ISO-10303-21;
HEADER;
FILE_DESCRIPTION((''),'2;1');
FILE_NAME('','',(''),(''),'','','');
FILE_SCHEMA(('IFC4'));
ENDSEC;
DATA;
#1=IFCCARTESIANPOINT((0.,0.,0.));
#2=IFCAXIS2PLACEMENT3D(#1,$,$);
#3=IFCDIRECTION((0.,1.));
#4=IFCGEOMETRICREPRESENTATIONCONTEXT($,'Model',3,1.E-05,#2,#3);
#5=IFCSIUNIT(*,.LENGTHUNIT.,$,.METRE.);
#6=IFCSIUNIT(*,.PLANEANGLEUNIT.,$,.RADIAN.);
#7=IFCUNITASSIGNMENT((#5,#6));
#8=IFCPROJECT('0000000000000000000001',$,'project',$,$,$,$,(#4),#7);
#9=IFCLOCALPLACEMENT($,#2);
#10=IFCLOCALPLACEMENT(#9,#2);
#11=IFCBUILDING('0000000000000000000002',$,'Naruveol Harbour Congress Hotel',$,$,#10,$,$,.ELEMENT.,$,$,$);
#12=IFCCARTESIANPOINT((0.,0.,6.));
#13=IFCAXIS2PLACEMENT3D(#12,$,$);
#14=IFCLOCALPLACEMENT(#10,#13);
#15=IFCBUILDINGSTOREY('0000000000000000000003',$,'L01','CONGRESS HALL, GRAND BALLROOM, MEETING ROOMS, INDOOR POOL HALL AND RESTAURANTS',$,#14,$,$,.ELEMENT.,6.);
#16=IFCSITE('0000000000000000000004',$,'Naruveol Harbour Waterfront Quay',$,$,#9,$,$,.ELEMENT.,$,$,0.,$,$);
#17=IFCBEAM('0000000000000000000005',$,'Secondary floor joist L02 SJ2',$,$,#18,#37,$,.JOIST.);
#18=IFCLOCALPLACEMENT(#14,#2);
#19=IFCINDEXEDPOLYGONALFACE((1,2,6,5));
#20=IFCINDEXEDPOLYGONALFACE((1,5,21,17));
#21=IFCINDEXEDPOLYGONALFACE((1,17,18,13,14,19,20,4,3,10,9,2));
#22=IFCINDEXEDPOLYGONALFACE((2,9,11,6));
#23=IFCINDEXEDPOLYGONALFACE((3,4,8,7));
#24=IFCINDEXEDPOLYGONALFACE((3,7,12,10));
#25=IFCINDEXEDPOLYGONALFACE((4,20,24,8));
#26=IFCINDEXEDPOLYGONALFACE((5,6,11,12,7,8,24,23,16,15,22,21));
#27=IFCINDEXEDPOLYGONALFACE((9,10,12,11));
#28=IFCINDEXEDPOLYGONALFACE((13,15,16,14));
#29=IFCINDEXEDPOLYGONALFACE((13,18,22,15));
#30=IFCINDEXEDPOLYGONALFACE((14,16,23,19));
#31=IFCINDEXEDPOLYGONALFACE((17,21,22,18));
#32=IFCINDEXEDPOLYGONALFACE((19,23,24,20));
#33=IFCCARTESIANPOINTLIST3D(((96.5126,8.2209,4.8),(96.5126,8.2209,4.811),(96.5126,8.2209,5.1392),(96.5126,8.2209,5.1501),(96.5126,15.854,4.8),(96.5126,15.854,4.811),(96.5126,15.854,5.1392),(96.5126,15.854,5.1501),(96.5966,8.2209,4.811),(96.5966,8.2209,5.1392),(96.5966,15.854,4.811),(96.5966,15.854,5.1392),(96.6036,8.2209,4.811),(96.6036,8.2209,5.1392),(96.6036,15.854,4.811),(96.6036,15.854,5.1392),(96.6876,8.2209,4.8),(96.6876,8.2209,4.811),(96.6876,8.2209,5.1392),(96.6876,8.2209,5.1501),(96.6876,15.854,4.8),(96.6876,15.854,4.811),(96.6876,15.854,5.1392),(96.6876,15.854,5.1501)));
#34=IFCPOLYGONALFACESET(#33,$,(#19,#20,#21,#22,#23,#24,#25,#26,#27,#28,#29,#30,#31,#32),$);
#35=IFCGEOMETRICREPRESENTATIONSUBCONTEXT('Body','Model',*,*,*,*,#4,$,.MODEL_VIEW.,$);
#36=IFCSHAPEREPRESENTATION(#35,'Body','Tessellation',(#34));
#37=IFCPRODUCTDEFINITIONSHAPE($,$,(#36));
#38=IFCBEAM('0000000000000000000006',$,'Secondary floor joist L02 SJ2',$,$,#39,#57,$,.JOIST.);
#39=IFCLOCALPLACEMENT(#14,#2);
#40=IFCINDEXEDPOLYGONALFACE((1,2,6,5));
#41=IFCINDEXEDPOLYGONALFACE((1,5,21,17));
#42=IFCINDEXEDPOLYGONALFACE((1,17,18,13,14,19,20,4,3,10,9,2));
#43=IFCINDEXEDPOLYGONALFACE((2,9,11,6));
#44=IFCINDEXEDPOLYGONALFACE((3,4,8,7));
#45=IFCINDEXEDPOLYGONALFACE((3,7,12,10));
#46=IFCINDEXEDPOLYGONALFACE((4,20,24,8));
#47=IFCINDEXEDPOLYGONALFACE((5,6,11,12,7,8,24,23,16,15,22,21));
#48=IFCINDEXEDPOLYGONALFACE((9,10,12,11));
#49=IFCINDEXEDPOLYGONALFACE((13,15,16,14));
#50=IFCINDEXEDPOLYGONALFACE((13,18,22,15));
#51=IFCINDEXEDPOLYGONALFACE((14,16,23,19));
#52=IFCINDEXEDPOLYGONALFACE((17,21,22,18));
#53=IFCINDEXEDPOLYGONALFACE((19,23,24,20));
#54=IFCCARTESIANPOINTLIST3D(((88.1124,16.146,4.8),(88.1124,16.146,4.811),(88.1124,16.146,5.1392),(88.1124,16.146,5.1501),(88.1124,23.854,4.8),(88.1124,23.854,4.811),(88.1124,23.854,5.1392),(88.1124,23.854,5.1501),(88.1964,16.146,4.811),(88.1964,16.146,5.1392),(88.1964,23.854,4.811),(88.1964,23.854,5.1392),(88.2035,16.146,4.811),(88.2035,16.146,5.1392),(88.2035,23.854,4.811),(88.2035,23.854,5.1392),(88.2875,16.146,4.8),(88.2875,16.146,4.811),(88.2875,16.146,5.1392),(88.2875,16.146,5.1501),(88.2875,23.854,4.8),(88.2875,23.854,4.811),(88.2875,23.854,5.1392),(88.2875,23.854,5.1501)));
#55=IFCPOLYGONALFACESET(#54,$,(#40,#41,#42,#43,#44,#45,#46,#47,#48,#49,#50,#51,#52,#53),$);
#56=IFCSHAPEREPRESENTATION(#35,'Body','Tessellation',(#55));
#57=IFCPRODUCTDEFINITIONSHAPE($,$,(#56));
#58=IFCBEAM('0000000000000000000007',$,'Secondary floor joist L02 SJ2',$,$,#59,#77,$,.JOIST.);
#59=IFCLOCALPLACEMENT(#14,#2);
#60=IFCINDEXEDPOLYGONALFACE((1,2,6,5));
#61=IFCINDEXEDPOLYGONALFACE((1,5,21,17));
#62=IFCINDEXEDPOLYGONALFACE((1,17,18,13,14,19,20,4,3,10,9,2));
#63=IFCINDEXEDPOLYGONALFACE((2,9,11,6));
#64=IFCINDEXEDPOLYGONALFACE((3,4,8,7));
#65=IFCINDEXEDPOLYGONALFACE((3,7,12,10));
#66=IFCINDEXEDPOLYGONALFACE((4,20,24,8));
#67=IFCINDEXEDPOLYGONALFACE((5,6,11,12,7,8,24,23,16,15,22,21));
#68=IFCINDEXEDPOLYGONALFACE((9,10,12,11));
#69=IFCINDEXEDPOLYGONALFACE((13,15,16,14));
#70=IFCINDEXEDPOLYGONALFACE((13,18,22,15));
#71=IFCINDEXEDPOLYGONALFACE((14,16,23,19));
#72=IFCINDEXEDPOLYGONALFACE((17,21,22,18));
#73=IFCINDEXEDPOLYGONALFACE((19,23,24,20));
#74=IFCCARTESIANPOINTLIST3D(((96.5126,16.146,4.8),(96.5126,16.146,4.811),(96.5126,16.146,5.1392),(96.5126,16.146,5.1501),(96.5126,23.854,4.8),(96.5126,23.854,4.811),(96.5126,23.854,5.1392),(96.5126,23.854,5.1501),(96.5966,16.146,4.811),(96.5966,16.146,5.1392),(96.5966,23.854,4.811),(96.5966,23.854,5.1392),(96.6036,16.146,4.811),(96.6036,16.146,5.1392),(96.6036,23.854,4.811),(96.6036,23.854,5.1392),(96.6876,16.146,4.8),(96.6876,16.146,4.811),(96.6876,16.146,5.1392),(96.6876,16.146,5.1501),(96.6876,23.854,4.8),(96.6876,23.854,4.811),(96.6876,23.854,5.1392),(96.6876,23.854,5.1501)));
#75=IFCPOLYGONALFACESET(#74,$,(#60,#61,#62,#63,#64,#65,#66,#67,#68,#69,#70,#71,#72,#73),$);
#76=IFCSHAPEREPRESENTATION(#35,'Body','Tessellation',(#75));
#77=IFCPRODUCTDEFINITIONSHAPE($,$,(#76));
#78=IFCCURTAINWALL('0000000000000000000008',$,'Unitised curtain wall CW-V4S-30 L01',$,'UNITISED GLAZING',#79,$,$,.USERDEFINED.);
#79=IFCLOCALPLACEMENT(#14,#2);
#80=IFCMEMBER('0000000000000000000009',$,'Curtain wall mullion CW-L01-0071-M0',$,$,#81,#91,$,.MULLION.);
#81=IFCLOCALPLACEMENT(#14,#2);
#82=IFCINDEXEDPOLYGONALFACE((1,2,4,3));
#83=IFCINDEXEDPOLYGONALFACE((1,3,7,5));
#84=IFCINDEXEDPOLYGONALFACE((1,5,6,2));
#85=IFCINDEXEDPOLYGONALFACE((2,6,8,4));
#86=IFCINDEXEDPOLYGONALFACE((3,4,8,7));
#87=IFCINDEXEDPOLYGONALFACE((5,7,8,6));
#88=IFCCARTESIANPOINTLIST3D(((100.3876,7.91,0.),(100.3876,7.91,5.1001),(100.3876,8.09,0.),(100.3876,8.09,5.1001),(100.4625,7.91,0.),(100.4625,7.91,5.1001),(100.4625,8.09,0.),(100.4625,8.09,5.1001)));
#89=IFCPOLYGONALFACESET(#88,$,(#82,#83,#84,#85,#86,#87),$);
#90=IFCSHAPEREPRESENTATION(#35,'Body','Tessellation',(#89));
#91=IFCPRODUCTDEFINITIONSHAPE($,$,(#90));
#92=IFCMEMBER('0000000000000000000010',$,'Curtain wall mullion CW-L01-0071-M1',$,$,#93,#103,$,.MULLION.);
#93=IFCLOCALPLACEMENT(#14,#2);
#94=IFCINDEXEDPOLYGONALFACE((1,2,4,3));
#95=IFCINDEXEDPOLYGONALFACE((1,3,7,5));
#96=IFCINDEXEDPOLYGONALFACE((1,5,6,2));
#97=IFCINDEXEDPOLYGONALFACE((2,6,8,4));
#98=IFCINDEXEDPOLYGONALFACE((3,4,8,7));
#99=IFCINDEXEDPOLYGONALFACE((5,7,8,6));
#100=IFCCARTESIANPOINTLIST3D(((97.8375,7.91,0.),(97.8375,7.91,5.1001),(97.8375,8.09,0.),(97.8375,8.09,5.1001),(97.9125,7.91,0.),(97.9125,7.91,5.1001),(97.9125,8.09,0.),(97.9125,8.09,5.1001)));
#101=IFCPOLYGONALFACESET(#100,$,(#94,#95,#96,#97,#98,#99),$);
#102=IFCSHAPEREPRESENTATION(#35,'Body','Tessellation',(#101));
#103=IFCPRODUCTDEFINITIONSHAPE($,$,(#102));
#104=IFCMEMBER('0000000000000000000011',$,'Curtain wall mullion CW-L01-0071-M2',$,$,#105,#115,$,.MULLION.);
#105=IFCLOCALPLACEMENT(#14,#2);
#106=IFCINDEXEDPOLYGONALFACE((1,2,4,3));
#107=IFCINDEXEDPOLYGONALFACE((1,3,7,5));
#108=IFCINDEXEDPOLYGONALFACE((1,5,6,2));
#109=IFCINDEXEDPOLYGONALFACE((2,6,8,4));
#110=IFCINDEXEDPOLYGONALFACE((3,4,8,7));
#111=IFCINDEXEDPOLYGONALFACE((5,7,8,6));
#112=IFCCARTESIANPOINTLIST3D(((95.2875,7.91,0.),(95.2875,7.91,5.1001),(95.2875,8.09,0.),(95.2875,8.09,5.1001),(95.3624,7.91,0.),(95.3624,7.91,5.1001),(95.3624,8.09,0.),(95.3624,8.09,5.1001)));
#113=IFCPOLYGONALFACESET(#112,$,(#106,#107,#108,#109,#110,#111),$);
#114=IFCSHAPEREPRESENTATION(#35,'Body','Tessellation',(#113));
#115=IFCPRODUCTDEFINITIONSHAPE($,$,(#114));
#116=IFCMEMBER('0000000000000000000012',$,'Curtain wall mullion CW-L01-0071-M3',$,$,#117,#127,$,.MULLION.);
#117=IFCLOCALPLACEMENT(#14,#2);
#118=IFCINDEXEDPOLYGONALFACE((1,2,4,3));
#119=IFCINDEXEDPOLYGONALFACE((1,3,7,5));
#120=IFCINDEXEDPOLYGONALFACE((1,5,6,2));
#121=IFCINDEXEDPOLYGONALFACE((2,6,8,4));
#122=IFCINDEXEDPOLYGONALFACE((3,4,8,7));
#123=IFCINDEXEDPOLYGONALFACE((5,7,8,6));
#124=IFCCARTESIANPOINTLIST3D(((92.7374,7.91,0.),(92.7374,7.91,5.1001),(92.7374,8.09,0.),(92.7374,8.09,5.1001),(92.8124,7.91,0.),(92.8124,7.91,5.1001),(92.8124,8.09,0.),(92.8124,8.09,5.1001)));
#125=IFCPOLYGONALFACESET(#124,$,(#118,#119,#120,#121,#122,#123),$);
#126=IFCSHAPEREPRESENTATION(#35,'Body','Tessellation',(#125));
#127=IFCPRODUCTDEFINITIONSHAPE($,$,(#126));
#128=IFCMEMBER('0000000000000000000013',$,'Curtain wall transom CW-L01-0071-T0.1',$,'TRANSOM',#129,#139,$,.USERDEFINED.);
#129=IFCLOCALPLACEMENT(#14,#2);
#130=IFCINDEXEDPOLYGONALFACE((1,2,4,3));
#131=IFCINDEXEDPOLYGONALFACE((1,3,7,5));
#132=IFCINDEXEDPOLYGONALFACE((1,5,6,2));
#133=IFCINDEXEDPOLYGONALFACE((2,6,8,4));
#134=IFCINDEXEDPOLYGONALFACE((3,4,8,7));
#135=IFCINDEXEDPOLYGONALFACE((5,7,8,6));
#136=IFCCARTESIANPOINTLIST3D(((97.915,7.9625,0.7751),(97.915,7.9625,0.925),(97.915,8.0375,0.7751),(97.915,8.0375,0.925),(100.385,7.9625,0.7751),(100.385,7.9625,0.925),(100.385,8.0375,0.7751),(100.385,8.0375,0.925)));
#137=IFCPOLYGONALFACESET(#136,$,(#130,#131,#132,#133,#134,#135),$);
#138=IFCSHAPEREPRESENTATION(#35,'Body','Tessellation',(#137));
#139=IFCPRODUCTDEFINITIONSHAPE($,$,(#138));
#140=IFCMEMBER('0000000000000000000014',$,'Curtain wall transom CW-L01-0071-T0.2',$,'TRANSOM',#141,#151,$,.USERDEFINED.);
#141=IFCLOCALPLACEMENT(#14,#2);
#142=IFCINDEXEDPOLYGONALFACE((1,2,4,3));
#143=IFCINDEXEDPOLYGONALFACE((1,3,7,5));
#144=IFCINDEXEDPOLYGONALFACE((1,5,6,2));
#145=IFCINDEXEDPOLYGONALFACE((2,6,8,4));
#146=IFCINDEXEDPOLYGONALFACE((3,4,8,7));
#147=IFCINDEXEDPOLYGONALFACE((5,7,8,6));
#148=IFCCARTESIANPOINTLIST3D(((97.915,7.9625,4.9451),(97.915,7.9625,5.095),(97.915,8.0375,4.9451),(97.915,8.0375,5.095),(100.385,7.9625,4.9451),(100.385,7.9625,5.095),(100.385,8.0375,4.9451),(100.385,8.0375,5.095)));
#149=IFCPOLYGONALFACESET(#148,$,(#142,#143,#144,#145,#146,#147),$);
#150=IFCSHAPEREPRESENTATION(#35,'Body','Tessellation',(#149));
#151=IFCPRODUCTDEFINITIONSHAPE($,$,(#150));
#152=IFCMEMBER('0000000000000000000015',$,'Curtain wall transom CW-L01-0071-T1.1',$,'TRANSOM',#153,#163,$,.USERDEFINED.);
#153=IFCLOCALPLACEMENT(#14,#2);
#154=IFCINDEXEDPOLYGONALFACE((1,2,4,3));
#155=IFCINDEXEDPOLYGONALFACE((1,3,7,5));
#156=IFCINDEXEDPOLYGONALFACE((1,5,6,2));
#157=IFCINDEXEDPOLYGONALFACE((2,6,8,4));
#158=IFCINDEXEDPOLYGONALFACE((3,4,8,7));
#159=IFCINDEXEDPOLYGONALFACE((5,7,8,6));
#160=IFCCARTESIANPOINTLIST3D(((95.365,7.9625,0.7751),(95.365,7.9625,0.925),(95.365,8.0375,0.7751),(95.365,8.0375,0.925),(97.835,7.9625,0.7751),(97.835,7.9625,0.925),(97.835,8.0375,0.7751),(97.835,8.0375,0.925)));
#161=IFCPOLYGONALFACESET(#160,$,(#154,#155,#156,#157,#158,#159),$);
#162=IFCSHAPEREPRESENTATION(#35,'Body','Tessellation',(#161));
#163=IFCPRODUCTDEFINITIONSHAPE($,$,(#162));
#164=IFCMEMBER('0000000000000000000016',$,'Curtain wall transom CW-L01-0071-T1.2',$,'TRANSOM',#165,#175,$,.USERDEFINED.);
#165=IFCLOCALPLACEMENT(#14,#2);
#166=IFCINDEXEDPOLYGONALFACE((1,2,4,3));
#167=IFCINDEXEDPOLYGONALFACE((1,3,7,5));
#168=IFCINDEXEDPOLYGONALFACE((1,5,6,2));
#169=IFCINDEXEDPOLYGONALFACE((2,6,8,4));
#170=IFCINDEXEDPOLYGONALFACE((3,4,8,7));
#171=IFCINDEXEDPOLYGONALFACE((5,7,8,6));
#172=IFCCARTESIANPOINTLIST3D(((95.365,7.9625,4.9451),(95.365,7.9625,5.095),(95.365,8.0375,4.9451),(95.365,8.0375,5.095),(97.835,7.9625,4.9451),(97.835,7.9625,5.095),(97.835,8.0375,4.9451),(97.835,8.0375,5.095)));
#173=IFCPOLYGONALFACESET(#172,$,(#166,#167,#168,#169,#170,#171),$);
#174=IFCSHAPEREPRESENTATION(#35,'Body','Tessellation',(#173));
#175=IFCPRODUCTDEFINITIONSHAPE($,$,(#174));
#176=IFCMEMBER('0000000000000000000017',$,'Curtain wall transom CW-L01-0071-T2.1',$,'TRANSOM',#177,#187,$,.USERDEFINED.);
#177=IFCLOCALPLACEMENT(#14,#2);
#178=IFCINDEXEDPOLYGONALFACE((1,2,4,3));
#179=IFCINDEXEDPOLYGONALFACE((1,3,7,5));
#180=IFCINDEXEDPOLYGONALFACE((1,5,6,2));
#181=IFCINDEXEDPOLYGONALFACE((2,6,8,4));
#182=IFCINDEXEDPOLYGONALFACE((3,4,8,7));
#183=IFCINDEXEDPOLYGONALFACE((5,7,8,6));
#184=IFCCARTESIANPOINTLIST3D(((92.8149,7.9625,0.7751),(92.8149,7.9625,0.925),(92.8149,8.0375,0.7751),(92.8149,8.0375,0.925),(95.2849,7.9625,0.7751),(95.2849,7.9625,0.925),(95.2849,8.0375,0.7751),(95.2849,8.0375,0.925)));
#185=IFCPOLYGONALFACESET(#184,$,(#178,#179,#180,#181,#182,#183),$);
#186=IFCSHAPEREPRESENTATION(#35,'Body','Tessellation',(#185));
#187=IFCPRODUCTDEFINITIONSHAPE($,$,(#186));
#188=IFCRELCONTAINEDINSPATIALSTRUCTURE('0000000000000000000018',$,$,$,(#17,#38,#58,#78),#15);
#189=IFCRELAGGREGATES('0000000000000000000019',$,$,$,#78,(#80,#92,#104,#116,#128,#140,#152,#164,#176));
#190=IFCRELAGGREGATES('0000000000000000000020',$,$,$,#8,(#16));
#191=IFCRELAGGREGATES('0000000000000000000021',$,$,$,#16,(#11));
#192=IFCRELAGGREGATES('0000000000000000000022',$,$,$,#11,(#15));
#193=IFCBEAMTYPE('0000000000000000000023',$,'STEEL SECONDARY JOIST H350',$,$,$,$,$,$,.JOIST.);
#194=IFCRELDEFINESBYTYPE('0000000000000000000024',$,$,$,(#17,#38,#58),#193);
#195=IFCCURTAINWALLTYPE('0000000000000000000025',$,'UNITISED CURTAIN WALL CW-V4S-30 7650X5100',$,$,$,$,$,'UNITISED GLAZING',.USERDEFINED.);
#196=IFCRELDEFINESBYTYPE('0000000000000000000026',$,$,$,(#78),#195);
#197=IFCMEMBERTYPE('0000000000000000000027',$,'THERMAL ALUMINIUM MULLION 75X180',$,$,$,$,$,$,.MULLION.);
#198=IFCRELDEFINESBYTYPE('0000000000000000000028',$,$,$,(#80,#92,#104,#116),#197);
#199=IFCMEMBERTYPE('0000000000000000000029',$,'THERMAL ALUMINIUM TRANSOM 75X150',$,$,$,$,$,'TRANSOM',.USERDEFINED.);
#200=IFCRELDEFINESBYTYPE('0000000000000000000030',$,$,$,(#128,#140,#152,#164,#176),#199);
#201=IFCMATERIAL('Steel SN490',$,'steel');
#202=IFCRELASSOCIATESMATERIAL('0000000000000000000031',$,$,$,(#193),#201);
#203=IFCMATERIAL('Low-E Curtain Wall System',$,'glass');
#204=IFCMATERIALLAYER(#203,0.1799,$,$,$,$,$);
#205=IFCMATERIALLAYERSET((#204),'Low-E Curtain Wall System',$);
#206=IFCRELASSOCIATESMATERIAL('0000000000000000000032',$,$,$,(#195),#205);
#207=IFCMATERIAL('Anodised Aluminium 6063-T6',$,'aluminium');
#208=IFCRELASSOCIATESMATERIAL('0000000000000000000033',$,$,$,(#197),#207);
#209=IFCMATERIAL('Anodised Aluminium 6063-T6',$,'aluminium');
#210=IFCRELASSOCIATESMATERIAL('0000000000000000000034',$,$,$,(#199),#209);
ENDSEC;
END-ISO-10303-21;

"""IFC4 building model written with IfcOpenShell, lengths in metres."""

from ifc_helpers import new_model, si_unit, direction, frame, origin, origin_2d, place, context, subcontext, project, spatial, rectangle, i_section, extrude, material, layer, layer_set, material_profile, profile_set, type_object, element, aggregate, save


model = new_model("IFC4")

# Units and contexts
model_context = context("Model", 3, precision=1e-05, world=origin(), true_north=direction((0.0, 1.0)))
body_context = subcontext(model_context, "Body", "Model", "MODEL_VIEW")
ifc_project = project(units=[si_unit("LENGTHUNIT", "METRE"), si_unit("PLANEANGLEUNIT", "RADIAN")], contexts=[model_context])

# Site, building, storey
site_placement = place(None, origin())
site = spatial("IfcSite", under=ifc_project, at=site_placement, Name="Naruveol Harbour Waterfront Quay", CompositionType="ELEMENT", RefElevation=0.0)
building_placement = place(site_placement, origin())
building = spatial("IfcBuilding", under=site, at=building_placement, Name="Naruveol Harbour Congress Hotel", CompositionType="ELEMENT")
storey_placement = place(building_placement, frame((0.0, 0.0, 6.0)))
storey = spatial("IfcBuildingStorey", under=building, at=storey_placement, Name="L01", Description="CONGRESS HALL, GRAND BALLROOM, MEETING ROOMS, INDOOR POOL HALL AND RESTAURANTS", CompositionType="ELEMENT", Elevation=6.0)

# Beams
ifc_material_1 = material(Name="Steel SN490", Category="steel")
ifc_material_profile_1 = material_profile(ifc_material_1, i_section(OverallWidth=0.175, OverallDepth=0.3501, WebThickness=0.0071, FlangeThickness=0.011, at=origin_2d()), Name="H-350x175x7x11")
ifc_profile_set_1 = profile_set([ifc_material_profile_1], Name="Steel SN490")
beam_type_1 = type_object("IfcBeamType", Name="STEEL SECONDARY JOIST H350", PredefinedType="JOIST", material=ifc_profile_set_1)
for number, where, z_axis, x_axis, name in (
    (1, (96.6001, 8.2209, 4.9751), (0.0, 1.0, 0.0), (-1.0, 0.0, 0.0), "Secondary floor joist L02 SJ2"),
):
    element("IfcBeam", number, at=place(storey_placement, frame(where, z_axis=z_axis, x_axis=x_axis)), inside=storey, type_object=beam_type_1, Name=name, PredefinedType="JOIST", context=body_context, shape_type="SweptSolid", body=[
        extrude(i_section(OverallWidth=0.175, OverallDepth=0.3501, WebThickness=0.0071, FlangeThickness=0.011, at=origin_2d()), origin(), (0.0, 0.0, 1.0), 7.6331),
    ])
for number, where, z_axis, x_axis, name in (
    (2, (88.2, 16.146, 4.9751), (0.0, 1.0, 0.0), (-1.0, 0.0, 0.0), "Secondary floor joist L02 SJ2"),
    (3, (96.6001, 16.146, 4.9751), (0.0, 1.0, 0.0), (-1.0, 0.0, 0.0), "Secondary floor joist L02 SJ2"),
):
    element("IfcBeam", number, at=place(storey_placement, frame(where, z_axis=z_axis, x_axis=x_axis)), inside=storey, type_object=beam_type_1, Name=name, PredefinedType="JOIST", context=body_context, shape_type="SweptSolid", body=[
        extrude(i_section(OverallWidth=0.175, OverallDepth=0.3501, WebThickness=0.0071, FlangeThickness=0.011, at=origin_2d()), origin(), (0.0, 0.0, 1.0), 7.708),
    ])

# Curtain wall, members
ifc_material_2 = material(Name="Low-E Curtain Wall System", Category="glass")
ifc_layer_1 = layer(ifc_material_2, 0.1799)
ifc_layer_set_1 = layer_set([ifc_layer_1], Name="Low-E Curtain Wall System")
curtain_wall_type = type_object("IfcCurtainWallType", Name="UNITISED CURTAIN WALL CW-V4S-30 7650X5100", ElementType="UNITISED GLAZING", PredefinedType="USERDEFINED", material=ifc_layer_set_1)
curtain_wall_placement = place(storey_placement, origin())
curtain_wall = element("IfcCurtainWall", 4, at=curtain_wall_placement, inside=storey, type_object=curtain_wall_type, Name="Unitised curtain wall CW-V4S-30 L01", ObjectType="UNITISED GLAZING", PredefinedType="USERDEFINED")
ifc_material_3 = material(Name="Anodised Aluminium 6063-T6", Category="aluminium")
ifc_material_profile_2 = material_profile(ifc_material_3, rectangle(XDim=0.075, YDim=0.1799, at=origin_2d()), Name="ALU-75x180")
ifc_profile_set_2 = profile_set([ifc_material_profile_2], Name="Anodised Aluminium 6063-T6")
member_type_1 = type_object("IfcMemberType", Name="THERMAL ALUMINIUM MULLION 75X180", PredefinedType="MULLION", material=ifc_profile_set_2)
member_1_placement = place(storey_placement, frame((100.425, 8.0, 0.0), z_axis=(0.0, 0.0, 1.0), x_axis=(1.0, 0.0, 0.0)))
member_1 = element("IfcMember", 5, at=member_1_placement, type_object=member_type_1, Name="Curtain wall mullion CW-L01-0071-M0", PredefinedType="MULLION", context=body_context, shape_type="SweptSolid", body=[
    extrude(rectangle(XDim=0.075, YDim=0.1799, at=origin_2d()), origin(), (0.0, 0.0, 1.0), 5.1001),
])
member_2_placement = place(storey_placement, frame((97.875, 8.0, 0.0), z_axis=(0.0, 0.0, 1.0), x_axis=(1.0, 0.0, 0.0)))
member_2 = element("IfcMember", 6, at=member_2_placement, type_object=member_type_1, Name="Curtain wall mullion CW-L01-0071-M1", PredefinedType="MULLION", context=body_context, shape_type="SweptSolid", body=[
    extrude(rectangle(XDim=0.075, YDim=0.1799, at=origin_2d()), origin(), (0.0, 0.0, 1.0), 5.1001),
])
member_3_placement = place(storey_placement, frame((95.325, 8.0, 0.0), z_axis=(0.0, 0.0, 1.0), x_axis=(1.0, 0.0, 0.0)))
member_3 = element("IfcMember", 7, at=member_3_placement, type_object=member_type_1, Name="Curtain wall mullion CW-L01-0071-M2", PredefinedType="MULLION", context=body_context, shape_type="SweptSolid", body=[
    extrude(rectangle(XDim=0.075, YDim=0.1799, at=origin_2d()), origin(), (0.0, 0.0, 1.0), 5.1001),
])
member_4_placement = place(storey_placement, frame((92.7749, 8.0, 0.0), z_axis=(0.0, 0.0, 1.0), x_axis=(1.0, 0.0, 0.0)))
member_4 = element("IfcMember", 8, at=member_4_placement, type_object=member_type_1, Name="Curtain wall mullion CW-L01-0071-M3", PredefinedType="MULLION", context=body_context, shape_type="SweptSolid", body=[
    extrude(rectangle(XDim=0.075, YDim=0.1799, at=origin_2d()), origin(), (0.0, 0.0, 1.0), 5.1001),
])
ifc_material_4 = material(Name="Anodised Aluminium 6063-T6", Category="aluminium")
ifc_material_profile_3 = material_profile(ifc_material_4, rectangle(XDim=0.075, YDim=0.1499, at=origin_2d()), Name="ALU-75x150")
ifc_profile_set_3 = profile_set([ifc_material_profile_3], Name="Anodised Aluminium 6063-T6")
member_type_2 = type_object("IfcMemberType", Name="THERMAL ALUMINIUM TRANSOM 75X150", ElementType="TRANSOM", PredefinedType="USERDEFINED", material=ifc_profile_set_3)
member_5_placement = place(storey_placement, frame((100.385, 8.0, 0.8501), z_axis=(-1.0, 0.0, 0.0), x_axis=(0.0, -1.0, 0.0)))
member_5 = element("IfcMember", 9, at=member_5_placement, type_object=member_type_2, Name="Curtain wall transom CW-L01-0071-T0.1", ObjectType="TRANSOM", PredefinedType="USERDEFINED", context=body_context, shape_type="SweptSolid", body=[
    extrude(rectangle(XDim=0.075, YDim=0.1499, at=origin_2d()), origin(), (0.0, 0.0, 1.0), 2.47),
])
member_6_placement = place(storey_placement, frame((100.385, 8.0, 5.02), z_axis=(-1.0, 0.0, 0.0), x_axis=(0.0, -1.0, 0.0)))
member_6 = element("IfcMember", 10, at=member_6_placement, type_object=member_type_2, Name="Curtain wall transom CW-L01-0071-T0.2", ObjectType="TRANSOM", PredefinedType="USERDEFINED", context=body_context, shape_type="SweptSolid", body=[
    extrude(rectangle(XDim=0.075, YDim=0.1499, at=origin_2d()), origin(), (0.0, 0.0, 1.0), 2.47),
])
member_7_placement = place(storey_placement, frame((97.835, 8.0, 0.8501), z_axis=(-1.0, 0.0, 0.0), x_axis=(0.0, -1.0, 0.0)))
member_7 = element("IfcMember", 11, at=member_7_placement, type_object=member_type_2, Name="Curtain wall transom CW-L01-0071-T1.1", ObjectType="TRANSOM", PredefinedType="USERDEFINED", context=body_context, shape_type="SweptSolid", body=[
    extrude(rectangle(XDim=0.075, YDim=0.1499, at=origin_2d()), origin(), (0.0, 0.0, 1.0), 2.47),
])
member_8_placement = place(storey_placement, frame((97.835, 8.0, 5.02), z_axis=(-1.0, 0.0, 0.0), x_axis=(0.0, -1.0, 0.0)))
member_8 = element("IfcMember", 12, at=member_8_placement, type_object=member_type_2, Name="Curtain wall transom CW-L01-0071-T1.2", ObjectType="TRANSOM", PredefinedType="USERDEFINED", context=body_context, shape_type="SweptSolid", body=[
    extrude(rectangle(XDim=0.075, YDim=0.1499, at=origin_2d()), origin(), (0.0, 0.0, 1.0), 2.47),
])
member_9_placement = place(storey_placement, frame((95.2849, 8.0, 0.8501), z_axis=(-1.0, 0.0, 0.0), x_axis=(0.0, -1.0, 0.0)))
member_9 = element("IfcMember", 13, at=member_9_placement, type_object=member_type_2, Name="Curtain wall transom CW-L01-0071-T2.1", ObjectType="TRANSOM", PredefinedType="USERDEFINED", context=body_context, shape_type="SweptSolid", body=[
    extrude(rectangle(XDim=0.075, YDim=0.1499, at=origin_2d()), origin(), (0.0, 0.0, 1.0), 2.47),
])
aggregate(curtain_wall, [member_1, member_2, member_3, member_4, member_5, member_6, member_7, member_8, member_9])

save(model, "model.ifc")
